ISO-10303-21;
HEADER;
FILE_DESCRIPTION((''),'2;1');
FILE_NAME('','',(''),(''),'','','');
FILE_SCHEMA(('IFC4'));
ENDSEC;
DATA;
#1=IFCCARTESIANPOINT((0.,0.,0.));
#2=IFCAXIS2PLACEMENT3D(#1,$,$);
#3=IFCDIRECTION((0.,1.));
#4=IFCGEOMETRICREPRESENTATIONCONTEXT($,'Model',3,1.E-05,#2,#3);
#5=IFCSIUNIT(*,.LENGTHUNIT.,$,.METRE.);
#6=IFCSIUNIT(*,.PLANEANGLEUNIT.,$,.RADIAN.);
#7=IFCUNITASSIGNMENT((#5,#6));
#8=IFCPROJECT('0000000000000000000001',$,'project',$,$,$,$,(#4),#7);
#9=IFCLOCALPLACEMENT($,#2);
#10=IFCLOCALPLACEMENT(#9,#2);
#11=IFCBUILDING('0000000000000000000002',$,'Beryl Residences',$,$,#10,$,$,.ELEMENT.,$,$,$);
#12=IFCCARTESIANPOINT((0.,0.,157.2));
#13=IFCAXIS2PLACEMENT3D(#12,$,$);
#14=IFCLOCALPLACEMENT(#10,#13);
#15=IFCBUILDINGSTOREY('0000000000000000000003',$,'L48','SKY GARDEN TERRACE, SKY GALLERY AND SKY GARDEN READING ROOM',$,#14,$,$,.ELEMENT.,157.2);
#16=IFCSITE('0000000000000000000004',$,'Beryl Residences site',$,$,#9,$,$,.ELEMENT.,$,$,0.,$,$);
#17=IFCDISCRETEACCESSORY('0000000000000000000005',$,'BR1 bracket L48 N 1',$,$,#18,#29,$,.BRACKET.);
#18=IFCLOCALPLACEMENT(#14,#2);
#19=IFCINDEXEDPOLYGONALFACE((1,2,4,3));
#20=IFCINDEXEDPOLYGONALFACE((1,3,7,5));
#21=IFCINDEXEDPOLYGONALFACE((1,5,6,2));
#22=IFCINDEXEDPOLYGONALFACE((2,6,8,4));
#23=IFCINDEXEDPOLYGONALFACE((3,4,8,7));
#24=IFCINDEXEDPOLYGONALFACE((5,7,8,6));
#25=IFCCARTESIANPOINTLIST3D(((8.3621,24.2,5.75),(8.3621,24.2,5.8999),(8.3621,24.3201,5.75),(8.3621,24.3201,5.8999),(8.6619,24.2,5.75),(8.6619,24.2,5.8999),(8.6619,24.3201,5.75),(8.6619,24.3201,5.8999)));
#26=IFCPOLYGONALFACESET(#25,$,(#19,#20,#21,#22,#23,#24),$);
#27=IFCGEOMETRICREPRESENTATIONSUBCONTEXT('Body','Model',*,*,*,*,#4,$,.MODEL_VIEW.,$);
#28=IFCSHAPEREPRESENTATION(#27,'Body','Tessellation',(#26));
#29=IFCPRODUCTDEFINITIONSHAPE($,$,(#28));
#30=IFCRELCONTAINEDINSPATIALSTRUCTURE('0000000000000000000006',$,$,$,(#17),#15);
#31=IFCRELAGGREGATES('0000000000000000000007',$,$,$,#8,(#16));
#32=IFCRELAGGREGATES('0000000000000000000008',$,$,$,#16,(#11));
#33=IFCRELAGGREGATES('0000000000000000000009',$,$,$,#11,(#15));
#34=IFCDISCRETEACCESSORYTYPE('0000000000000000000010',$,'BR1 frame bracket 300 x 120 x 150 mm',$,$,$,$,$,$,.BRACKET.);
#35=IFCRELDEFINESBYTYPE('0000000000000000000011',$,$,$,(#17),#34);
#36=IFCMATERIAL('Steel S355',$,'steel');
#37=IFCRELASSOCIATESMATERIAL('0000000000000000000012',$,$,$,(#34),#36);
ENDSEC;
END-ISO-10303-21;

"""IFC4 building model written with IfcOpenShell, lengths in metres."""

from ifc_helpers import new_model, si_unit, direction, frame, origin, place, context, subcontext, project, spatial, polyline, outline, extrude, source, transform, mapped, material, type_object, type_shapes, element, save


model = new_model("IFC4")

# Units and contexts
model_context = context("Model", 3, precision=1e-05, world=origin(), true_north=direction((0.0, 1.0)))
body_context = subcontext(model_context, "Body", "Model", "MODEL_VIEW")
ifc_project = project(units=[si_unit("LENGTHUNIT", "METRE"), si_unit("PLANEANGLEUNIT", "RADIAN")], contexts=[model_context])

# Site, building, storey
site_placement = place(None, origin())
site = spatial("IfcSite", under=ifc_project, at=site_placement, Name="Beryl Residences site", CompositionType="ELEMENT", RefElevation=0.0)
building_placement = place(site_placement, origin())
building = spatial("IfcBuilding", under=site, at=building_placement, Name="Beryl Residences", CompositionType="ELEMENT")
storey_placement = place(building_placement, frame((0.0, 0.0, 157.2)))
storey = spatial("IfcBuildingStorey", under=building, at=storey_placement, Name="L48", Description="SKY GARDEN TERRACE, SKY GALLERY AND SKY GARDEN READING ROOM", CompositionType="ELEMENT", Elevation=157.2)

# Discrete accessory
ifc_material_1 = material(Name="Steel S355", Category="steel")
discrete_accessory_type = type_object("IfcDiscreteAccessoryType", Name="BR1 frame bracket 300 x 120 x 150 mm", PredefinedType="BRACKET", material=ifc_material_1)
shared_shape_1 = source(origin(), body_context, "Body", "SweptSolid", [
    extrude(outline(polyline([(-0.1499, 0.0), (0.1499, 0.0), (0.1499, 0.1201), (-0.1499, 0.1201), (-0.1499, 0.0)])), origin(), (0.0, 0.0, 1.0), 0.1499),
])
type_shapes(discrete_accessory_type, [shared_shape_1])
discrete_accessory_placement = place(storey_placement, frame((8.512, 24.2, 5.75), z_axis=(0.0, 0.0, 1.0), x_axis=(1.0, 0.0, 0.0)))
element("IfcDiscreteAccessory", 1, at=discrete_accessory_placement, inside=storey, type_object=discrete_accessory_type, Name="BR1 bracket L48 N 1", PredefinedType="BRACKET", context=body_context, shape_type="MappedRepresentation", body=[
    mapped(shared_shape_1, transform((0.0, 0.0, 0.0))),
])

save(model, "model.ifc")
